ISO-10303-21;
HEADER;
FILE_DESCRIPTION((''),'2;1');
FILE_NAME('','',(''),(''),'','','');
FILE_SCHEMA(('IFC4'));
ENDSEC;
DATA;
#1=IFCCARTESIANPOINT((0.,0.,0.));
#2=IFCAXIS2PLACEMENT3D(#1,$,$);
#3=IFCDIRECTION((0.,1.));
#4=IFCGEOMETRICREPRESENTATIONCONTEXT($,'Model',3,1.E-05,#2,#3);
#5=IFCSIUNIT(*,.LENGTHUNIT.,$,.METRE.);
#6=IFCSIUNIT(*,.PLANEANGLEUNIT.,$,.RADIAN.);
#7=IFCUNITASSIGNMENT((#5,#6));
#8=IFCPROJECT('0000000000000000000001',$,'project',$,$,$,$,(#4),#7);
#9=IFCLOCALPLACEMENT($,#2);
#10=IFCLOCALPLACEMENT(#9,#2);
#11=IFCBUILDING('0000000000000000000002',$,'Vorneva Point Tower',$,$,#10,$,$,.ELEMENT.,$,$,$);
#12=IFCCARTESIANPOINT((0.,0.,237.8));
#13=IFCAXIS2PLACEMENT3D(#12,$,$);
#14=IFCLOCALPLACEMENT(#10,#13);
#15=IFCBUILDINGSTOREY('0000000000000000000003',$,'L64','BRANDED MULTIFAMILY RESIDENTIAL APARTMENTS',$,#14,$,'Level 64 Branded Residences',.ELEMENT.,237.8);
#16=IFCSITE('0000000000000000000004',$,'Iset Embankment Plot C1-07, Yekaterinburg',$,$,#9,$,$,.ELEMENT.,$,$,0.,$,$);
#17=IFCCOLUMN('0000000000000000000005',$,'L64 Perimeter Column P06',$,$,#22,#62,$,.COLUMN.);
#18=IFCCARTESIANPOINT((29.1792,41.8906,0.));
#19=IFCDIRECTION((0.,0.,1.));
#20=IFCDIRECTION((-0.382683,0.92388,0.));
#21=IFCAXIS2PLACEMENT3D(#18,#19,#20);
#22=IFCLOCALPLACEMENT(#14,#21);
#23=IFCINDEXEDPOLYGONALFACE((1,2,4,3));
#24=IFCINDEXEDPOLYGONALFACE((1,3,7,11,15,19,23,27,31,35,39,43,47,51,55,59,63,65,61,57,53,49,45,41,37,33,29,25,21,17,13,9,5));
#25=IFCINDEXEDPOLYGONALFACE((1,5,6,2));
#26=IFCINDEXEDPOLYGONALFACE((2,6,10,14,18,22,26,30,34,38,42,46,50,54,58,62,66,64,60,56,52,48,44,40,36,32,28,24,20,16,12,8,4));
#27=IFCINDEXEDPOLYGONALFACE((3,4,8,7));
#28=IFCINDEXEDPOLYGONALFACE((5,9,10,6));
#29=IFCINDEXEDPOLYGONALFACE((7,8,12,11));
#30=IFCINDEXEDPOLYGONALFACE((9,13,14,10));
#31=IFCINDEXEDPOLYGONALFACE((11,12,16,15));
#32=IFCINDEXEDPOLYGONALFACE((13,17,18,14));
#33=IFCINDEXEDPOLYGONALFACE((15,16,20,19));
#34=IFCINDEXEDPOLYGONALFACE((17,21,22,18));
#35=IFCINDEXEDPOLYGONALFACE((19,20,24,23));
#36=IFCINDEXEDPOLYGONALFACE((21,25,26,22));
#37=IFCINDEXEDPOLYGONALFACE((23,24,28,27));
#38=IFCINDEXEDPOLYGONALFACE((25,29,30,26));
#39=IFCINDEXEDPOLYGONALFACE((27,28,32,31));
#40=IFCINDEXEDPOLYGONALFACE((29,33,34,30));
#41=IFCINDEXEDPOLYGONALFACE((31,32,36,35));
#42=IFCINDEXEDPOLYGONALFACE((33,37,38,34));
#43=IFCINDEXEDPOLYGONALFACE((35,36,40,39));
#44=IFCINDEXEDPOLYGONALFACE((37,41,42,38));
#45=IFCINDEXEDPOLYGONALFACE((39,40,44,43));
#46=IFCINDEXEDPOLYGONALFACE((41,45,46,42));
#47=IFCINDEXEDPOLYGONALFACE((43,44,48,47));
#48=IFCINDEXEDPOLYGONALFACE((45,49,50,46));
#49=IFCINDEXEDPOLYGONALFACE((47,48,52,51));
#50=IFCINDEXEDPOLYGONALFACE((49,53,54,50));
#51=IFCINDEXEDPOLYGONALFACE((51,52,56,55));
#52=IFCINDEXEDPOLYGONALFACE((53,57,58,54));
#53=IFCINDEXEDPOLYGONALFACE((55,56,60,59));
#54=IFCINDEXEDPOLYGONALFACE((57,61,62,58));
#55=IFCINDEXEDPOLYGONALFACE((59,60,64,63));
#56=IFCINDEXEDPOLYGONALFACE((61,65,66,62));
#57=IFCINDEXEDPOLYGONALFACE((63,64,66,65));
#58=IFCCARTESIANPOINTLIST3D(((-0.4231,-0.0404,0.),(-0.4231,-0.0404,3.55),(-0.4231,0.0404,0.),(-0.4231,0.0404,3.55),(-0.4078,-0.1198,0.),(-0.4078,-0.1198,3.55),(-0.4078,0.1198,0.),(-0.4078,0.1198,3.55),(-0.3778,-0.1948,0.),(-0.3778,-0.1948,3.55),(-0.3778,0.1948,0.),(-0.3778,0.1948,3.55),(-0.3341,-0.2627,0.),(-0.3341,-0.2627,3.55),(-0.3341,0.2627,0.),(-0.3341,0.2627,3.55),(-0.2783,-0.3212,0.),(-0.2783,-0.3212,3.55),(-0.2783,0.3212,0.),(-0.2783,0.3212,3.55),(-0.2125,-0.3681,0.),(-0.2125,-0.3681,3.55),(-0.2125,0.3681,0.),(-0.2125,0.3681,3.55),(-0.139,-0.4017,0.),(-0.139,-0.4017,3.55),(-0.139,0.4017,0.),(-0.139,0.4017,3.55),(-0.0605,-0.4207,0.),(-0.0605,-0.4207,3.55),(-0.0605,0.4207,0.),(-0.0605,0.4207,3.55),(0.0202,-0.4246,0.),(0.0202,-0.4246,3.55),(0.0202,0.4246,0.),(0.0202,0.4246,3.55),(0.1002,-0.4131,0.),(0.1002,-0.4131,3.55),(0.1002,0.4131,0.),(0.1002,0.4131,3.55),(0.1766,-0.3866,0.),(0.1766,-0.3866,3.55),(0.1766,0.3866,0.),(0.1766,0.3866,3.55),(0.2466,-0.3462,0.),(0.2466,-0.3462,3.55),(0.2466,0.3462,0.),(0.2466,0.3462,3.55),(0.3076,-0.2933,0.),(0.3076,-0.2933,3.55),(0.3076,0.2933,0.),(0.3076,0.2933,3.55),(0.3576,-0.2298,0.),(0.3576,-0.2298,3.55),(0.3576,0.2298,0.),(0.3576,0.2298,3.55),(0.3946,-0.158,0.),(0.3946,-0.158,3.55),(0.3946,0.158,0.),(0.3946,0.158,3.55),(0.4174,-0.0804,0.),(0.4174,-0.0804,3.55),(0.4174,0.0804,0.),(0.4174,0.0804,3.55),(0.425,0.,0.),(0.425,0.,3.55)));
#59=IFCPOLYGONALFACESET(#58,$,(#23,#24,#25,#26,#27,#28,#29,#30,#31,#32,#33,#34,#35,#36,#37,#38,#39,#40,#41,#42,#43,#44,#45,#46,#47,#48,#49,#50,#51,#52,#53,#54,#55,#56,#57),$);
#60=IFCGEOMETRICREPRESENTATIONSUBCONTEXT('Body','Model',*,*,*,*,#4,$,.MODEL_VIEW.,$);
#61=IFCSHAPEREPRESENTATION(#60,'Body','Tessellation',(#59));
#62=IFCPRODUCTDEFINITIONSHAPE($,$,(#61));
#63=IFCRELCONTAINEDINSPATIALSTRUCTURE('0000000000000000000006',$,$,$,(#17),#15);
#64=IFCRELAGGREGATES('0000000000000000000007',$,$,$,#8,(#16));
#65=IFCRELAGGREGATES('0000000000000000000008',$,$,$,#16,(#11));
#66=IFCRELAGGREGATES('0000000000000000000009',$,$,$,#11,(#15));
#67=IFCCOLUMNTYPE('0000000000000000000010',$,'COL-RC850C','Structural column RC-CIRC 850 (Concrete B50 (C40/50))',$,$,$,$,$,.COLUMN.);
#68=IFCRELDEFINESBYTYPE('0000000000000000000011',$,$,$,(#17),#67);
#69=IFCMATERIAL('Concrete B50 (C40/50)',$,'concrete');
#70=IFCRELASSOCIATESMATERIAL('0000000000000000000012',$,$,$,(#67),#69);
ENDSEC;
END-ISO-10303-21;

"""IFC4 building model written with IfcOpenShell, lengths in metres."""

from ifc_helpers import new_model, si_unit, direction, frame, origin, origin_2d, place, context, subcontext, project, spatial, circle, extrude, material, material_profile, profile_set, type_object, element, save


model = new_model("IFC4")

# Units and contexts
model_context = context("Model", 3, precision=1e-05, world=origin(), true_north=direction((0.0, 1.0)))
body_context = subcontext(model_context, "Body", "Model", "MODEL_VIEW")
ifc_project = project(units=[si_unit("LENGTHUNIT", "METRE"), si_unit("PLANEANGLEUNIT", "RADIAN")], contexts=[model_context])

# Site, building, storey
site_placement = place(None, origin())
site = spatial("IfcSite", under=ifc_project, at=site_placement, Name="Iset Embankment Plot C1-07, Yekaterinburg", CompositionType="ELEMENT", RefElevation=0.0)
building_placement = place(site_placement, origin())
building = spatial("IfcBuilding", under=site, at=building_placement, Name="Vorneva Point Tower", CompositionType="ELEMENT")
storey_placement = place(building_placement, frame((0.0, 0.0, 237.8)))
storey = spatial("IfcBuildingStorey", under=building, at=storey_placement, Name="L64", Description="BRANDED MULTIFAMILY RESIDENTIAL APARTMENTS", LongName="Level 64 Branded Residences", CompositionType="ELEMENT", Elevation=237.8)

# Column
ifc_material_1 = material(Name="Concrete B50 (C40/50)", Category="concrete")
ifc_material_profile_1 = material_profile(ifc_material_1, circle(Radius=0.425, at=origin_2d()), Name="RC-CIRC 850")
ifc_profile_set_1 = profile_set([ifc_material_profile_1], Name="Concrete B50 (C40/50)")
column_type = type_object("IfcColumnType", Name="COL-RC850C", Description="Structural column RC-CIRC 850 (Concrete B50 (C40/50))", PredefinedType="COLUMN", material=ifc_profile_set_1)
column_placement = place(storey_placement, frame((29.1792, 41.8906, 0.0), z_axis=(0.0, 0.0, 1.0), x_axis=(-0.382683, 0.92388, 0.0)))
element("IfcColumn", 1, at=column_placement, inside=storey, type_object=column_type, Name="L64 Perimeter Column P06", PredefinedType="COLUMN", context=body_context, shape_type="SweptSolid", body=[
    extrude(circle(Radius=0.425, at=origin_2d()), origin(), (0.0, 0.0, 1.0), 3.55),
])

save(model, "model.ifc")
